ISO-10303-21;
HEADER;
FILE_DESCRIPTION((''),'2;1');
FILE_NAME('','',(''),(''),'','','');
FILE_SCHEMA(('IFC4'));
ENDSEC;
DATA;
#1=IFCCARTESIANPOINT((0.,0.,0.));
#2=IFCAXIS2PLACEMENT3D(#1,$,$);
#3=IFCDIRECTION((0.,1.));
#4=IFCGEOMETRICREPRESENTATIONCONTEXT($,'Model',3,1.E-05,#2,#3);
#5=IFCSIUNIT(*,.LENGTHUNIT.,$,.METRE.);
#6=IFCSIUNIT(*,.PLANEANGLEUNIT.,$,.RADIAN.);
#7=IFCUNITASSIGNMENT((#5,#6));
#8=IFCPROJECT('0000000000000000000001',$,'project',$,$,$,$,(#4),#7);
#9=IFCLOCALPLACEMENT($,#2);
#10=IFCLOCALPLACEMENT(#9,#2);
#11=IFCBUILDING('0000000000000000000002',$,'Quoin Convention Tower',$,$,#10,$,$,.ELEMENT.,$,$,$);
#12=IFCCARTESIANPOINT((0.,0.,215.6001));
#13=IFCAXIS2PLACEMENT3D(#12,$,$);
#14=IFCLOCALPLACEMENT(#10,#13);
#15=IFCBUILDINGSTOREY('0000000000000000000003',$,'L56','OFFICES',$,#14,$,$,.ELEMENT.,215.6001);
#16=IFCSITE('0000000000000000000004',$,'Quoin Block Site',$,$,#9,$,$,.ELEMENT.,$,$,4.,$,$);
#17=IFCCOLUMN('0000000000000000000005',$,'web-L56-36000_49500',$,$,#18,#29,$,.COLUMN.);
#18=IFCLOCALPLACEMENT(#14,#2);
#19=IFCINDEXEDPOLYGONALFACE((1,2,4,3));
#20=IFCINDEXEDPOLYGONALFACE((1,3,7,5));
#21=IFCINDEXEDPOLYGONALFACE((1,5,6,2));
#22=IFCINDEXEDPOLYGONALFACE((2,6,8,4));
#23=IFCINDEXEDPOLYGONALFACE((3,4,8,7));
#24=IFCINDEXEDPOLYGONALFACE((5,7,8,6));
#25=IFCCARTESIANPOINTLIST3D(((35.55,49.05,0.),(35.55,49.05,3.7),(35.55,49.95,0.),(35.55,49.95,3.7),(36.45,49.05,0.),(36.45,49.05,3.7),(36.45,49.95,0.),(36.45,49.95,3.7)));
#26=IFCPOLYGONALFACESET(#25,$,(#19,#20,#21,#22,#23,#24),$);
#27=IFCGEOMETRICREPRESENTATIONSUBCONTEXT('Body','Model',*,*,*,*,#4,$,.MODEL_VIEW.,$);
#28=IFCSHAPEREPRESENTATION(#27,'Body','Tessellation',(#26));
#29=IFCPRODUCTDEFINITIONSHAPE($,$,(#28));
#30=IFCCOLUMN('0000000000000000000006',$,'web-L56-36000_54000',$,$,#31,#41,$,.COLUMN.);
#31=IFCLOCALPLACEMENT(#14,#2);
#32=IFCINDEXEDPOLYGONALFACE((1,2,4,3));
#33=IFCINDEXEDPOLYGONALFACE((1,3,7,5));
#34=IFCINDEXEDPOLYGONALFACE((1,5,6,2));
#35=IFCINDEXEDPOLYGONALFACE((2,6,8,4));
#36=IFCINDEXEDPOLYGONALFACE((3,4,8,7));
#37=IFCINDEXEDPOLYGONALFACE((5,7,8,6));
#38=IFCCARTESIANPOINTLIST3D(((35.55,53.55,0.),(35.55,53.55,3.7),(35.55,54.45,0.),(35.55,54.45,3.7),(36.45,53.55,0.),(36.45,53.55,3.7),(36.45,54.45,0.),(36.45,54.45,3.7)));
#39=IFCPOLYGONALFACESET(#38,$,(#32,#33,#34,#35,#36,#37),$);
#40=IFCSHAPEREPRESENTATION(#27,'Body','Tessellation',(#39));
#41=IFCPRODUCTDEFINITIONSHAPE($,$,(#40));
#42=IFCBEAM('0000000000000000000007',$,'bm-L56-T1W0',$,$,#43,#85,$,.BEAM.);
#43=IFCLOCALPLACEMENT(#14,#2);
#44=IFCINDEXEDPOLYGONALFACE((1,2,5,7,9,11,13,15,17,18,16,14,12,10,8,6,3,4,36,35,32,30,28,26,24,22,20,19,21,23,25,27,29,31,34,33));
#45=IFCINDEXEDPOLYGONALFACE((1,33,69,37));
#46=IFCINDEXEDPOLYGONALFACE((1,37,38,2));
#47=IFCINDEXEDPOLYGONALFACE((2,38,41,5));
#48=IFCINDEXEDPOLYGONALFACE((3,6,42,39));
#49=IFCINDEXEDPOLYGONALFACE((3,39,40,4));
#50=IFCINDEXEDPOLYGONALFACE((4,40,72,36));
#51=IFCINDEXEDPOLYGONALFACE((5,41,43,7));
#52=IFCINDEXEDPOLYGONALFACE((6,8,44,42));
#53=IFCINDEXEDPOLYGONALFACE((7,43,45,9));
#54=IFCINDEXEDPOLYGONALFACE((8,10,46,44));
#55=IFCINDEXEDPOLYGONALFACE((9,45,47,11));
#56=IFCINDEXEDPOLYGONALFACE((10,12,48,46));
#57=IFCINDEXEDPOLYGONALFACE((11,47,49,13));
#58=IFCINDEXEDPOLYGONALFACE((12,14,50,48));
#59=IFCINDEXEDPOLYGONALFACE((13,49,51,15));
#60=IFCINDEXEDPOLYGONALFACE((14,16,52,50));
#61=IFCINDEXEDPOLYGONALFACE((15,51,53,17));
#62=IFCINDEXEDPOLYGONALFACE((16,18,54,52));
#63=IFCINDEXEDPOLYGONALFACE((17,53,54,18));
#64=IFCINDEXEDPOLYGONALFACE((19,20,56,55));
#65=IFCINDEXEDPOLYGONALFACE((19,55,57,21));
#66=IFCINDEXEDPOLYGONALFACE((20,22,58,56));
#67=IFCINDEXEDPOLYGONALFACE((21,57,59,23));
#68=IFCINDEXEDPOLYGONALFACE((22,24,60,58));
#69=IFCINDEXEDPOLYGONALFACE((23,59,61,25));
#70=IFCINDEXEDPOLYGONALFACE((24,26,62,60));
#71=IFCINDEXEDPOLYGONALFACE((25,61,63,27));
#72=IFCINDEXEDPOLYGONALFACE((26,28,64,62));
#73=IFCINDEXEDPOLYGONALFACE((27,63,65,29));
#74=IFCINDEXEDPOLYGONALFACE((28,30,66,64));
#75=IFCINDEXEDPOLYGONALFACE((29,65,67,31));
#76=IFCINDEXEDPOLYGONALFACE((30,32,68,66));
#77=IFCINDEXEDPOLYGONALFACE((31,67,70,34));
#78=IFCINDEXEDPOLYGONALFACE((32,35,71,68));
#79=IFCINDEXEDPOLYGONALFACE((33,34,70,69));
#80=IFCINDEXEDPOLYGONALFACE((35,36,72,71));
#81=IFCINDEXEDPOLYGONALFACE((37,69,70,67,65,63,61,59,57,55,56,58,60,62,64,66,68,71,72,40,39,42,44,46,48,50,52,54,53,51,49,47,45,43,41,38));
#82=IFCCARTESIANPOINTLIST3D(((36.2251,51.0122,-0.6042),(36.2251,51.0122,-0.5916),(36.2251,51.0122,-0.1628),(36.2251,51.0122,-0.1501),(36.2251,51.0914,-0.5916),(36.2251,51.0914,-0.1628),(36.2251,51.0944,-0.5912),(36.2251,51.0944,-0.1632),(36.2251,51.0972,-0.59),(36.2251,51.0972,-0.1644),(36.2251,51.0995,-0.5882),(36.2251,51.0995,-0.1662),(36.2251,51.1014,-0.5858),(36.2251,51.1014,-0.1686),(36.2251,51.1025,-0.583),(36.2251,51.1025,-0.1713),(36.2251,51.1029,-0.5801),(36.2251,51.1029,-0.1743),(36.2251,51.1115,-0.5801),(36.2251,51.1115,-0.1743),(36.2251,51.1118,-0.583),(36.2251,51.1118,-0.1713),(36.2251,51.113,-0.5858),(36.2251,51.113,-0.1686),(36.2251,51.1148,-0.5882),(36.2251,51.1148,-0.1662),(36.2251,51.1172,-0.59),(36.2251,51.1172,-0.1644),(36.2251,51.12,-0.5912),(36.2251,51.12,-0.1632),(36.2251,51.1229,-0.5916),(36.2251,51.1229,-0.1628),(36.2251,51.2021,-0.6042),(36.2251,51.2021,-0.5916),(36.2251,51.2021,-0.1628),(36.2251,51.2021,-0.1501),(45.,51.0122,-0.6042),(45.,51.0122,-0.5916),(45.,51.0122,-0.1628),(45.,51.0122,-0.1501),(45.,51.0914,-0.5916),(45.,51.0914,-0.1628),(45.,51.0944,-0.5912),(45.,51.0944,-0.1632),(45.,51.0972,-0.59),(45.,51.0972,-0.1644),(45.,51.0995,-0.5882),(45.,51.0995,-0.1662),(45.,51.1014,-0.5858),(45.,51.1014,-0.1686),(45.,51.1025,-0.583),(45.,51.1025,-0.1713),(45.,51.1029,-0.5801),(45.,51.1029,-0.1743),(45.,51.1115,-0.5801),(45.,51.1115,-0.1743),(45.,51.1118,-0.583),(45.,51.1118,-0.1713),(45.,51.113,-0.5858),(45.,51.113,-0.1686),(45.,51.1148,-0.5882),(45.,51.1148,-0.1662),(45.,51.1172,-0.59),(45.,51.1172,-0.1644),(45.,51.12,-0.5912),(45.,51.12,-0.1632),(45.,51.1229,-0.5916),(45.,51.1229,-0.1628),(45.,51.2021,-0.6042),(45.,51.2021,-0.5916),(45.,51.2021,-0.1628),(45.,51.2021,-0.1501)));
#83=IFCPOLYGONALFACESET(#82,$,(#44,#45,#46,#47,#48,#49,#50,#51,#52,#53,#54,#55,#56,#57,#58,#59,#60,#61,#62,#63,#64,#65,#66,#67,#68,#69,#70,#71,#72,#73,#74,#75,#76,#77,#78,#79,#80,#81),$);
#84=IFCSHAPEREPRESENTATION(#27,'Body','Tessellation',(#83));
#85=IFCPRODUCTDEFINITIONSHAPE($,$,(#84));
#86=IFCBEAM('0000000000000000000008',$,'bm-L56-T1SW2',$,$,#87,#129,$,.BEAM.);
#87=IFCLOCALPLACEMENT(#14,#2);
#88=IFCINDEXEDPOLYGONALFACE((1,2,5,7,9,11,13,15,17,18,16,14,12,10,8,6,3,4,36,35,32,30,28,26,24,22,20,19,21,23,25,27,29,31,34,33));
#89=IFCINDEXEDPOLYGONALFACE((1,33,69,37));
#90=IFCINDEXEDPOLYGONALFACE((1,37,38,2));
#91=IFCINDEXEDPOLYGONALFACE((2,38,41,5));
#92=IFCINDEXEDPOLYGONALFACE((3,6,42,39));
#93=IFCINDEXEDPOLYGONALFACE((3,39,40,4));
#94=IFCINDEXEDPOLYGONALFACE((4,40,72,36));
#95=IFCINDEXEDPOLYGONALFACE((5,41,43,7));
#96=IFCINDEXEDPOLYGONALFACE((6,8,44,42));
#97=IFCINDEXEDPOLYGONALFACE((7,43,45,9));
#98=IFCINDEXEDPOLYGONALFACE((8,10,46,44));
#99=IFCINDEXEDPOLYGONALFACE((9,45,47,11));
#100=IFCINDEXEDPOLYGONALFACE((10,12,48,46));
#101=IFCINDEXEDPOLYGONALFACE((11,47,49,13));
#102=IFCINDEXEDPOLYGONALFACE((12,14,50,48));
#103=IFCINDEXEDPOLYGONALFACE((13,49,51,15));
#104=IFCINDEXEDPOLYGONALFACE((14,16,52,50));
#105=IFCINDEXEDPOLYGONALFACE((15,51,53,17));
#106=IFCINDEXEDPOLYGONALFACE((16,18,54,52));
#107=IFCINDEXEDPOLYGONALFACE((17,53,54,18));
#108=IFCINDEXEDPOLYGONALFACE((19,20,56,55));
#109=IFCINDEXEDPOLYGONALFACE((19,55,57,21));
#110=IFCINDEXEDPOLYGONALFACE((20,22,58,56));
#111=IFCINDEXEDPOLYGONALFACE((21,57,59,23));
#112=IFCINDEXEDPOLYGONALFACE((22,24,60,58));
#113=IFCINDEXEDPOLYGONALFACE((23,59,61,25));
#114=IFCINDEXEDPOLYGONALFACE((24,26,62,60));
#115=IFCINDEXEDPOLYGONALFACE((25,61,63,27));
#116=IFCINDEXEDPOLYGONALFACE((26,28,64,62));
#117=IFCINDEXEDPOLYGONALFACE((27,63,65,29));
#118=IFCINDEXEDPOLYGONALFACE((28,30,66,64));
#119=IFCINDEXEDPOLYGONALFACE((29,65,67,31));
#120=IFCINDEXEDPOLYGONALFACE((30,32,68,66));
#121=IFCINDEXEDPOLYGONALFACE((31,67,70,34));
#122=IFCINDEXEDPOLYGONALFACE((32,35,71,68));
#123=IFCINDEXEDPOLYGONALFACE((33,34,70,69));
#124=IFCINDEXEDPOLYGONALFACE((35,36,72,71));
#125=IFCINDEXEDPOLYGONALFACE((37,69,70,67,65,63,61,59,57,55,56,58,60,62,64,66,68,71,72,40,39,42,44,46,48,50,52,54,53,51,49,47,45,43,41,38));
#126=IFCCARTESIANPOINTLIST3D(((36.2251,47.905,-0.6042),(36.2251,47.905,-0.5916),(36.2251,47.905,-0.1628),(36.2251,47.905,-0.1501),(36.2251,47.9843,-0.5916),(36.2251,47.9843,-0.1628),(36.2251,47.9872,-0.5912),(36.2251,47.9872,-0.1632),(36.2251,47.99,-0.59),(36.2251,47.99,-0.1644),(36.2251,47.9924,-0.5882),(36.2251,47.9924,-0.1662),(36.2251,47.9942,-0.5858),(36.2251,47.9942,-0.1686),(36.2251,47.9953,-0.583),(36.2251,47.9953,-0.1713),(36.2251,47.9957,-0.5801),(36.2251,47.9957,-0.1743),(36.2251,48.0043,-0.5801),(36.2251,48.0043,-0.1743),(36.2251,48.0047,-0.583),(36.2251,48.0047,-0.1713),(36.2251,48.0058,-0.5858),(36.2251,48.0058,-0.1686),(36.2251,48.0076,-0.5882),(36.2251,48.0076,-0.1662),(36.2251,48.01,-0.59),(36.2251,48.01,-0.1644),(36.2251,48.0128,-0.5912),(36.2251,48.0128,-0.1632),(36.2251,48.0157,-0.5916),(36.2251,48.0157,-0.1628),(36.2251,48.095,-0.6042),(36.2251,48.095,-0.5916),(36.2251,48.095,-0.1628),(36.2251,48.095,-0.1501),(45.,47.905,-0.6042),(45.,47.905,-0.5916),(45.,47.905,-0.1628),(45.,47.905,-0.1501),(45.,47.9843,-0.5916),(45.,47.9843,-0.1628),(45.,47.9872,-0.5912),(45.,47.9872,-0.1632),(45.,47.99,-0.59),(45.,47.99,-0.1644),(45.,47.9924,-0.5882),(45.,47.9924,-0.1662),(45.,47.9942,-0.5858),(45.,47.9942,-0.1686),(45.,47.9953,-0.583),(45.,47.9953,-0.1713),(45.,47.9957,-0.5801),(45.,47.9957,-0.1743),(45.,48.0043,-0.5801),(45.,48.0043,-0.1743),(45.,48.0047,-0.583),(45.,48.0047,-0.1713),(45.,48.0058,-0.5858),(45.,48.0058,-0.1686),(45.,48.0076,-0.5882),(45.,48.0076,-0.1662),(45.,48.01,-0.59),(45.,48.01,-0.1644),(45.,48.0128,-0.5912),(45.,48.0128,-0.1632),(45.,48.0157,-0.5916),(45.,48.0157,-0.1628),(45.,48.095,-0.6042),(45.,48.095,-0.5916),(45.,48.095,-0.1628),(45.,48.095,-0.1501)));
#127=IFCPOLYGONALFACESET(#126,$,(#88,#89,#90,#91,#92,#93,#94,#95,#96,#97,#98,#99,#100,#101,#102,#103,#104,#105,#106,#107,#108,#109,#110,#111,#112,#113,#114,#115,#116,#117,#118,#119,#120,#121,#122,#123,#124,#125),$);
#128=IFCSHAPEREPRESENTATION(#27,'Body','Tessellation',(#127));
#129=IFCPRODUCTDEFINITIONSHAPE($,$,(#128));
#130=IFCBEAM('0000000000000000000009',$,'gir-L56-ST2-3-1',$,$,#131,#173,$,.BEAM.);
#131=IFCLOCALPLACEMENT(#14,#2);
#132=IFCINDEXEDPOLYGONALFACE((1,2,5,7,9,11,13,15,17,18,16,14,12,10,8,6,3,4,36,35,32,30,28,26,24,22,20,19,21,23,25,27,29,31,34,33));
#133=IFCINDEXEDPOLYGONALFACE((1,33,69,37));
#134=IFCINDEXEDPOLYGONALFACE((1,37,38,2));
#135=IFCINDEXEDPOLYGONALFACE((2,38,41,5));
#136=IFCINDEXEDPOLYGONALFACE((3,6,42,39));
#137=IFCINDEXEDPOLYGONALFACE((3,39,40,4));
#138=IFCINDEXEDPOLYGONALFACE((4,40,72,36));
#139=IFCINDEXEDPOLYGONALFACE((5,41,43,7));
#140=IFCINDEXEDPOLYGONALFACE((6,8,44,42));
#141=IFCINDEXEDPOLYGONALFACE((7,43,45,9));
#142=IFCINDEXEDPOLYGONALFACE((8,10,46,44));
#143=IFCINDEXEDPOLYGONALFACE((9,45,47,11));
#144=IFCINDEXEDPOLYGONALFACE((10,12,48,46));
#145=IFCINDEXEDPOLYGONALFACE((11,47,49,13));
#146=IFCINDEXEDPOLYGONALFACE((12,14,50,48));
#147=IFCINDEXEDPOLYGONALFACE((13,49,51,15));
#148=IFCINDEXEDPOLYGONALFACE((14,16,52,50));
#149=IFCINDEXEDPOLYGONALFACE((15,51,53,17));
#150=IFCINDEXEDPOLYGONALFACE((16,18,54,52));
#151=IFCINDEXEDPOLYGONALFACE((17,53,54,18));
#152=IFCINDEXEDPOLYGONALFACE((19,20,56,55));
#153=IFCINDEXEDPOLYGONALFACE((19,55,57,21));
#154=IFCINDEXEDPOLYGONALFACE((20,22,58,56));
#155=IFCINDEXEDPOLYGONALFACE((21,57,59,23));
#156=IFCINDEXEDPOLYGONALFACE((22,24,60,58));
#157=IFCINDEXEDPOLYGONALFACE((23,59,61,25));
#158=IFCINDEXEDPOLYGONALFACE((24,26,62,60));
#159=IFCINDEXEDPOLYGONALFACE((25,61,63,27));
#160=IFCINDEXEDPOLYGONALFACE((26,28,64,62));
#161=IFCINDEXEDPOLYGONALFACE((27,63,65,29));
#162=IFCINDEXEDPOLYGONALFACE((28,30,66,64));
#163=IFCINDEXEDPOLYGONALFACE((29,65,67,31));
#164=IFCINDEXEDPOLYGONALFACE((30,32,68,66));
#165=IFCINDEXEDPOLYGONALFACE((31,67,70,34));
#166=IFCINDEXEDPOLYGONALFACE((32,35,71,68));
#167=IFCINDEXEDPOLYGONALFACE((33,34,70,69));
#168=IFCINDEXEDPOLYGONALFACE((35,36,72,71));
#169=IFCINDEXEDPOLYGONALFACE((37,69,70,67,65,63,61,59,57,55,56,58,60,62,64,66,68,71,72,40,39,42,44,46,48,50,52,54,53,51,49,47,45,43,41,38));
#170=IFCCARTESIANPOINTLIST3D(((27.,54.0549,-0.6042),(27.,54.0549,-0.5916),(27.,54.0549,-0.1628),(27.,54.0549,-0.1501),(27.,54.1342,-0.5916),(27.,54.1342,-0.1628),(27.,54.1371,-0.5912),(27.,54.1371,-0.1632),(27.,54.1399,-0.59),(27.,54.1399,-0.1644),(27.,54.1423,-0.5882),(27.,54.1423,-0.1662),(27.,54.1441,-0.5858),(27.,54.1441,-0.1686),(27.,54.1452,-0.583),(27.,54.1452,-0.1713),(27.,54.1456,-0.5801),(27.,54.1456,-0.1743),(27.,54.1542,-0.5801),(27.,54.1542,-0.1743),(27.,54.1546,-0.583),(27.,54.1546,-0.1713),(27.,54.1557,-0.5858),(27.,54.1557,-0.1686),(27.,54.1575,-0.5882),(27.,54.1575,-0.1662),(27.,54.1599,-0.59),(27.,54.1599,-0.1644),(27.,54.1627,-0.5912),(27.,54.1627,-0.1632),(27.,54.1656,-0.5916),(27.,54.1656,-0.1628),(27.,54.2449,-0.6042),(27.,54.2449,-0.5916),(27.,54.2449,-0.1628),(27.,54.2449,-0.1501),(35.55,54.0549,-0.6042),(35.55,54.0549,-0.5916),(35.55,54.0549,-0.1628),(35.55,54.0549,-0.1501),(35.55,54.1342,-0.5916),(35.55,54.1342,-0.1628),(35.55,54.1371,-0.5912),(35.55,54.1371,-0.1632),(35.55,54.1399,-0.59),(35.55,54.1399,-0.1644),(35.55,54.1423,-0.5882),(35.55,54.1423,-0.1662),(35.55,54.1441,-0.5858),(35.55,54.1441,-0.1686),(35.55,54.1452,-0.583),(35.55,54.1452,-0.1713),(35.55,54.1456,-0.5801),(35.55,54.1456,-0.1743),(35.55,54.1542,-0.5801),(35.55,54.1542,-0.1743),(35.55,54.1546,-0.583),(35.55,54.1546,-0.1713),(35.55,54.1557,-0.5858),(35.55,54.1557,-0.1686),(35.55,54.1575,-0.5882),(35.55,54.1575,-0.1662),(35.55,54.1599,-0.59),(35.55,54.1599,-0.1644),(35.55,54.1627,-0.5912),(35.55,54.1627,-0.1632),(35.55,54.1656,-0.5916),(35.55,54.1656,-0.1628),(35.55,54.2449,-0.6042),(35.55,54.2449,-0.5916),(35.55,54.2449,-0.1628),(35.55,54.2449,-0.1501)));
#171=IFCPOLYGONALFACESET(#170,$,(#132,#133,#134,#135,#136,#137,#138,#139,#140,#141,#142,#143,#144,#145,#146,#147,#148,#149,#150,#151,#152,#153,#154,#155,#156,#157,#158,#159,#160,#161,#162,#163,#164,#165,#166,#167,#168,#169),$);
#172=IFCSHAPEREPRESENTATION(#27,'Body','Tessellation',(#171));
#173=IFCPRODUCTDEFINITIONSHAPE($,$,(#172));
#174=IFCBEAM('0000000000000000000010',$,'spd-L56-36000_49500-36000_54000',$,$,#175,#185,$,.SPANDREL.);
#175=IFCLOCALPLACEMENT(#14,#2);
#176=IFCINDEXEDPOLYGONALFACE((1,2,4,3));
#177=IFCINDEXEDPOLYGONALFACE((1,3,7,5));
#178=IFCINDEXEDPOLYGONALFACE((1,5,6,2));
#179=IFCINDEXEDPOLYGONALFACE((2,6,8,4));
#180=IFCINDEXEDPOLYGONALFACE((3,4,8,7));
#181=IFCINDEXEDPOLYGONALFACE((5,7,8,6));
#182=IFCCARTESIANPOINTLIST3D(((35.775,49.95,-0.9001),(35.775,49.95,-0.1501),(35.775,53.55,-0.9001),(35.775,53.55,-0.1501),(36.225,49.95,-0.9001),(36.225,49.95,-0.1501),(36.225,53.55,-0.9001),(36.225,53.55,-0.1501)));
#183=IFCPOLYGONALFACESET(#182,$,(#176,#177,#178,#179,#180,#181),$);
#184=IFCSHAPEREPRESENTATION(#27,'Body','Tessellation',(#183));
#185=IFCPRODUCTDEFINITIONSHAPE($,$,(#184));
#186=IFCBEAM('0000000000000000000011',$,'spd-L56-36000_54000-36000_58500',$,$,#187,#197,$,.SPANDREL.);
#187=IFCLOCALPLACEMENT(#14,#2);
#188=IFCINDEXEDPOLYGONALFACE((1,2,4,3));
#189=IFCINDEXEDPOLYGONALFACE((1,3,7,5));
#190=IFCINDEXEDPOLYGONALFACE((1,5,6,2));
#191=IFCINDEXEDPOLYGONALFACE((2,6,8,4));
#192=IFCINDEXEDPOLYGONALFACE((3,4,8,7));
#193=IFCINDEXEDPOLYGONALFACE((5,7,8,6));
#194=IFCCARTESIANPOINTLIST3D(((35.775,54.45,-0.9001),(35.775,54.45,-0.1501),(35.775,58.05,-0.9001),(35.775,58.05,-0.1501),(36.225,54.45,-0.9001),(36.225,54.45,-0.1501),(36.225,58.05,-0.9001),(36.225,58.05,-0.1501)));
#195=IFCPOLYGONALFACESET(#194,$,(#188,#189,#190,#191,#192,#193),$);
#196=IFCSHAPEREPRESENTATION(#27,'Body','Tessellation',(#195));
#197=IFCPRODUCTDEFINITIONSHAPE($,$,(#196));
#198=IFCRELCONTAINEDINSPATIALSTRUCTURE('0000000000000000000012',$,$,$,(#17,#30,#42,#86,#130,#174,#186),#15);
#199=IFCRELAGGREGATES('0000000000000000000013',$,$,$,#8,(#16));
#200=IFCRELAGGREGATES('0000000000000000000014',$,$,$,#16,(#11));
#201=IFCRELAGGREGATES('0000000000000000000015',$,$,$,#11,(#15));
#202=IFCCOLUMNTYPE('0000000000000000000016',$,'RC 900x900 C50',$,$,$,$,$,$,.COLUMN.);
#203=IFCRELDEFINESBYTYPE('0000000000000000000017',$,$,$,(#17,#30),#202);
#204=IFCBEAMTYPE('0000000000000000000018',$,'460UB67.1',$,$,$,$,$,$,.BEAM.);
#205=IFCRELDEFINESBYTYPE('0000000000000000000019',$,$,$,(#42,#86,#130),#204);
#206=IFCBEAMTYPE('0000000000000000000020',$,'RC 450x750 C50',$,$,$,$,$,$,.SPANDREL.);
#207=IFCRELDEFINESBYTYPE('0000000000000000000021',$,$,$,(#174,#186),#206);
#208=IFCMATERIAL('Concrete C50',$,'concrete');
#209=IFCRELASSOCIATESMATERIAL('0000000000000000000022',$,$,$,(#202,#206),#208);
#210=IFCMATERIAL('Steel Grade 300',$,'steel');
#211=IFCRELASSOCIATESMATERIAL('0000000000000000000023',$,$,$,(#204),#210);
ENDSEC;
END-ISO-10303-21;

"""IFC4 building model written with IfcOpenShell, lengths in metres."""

from ifc_helpers import new_model, si_unit, direction, frame, origin, origin_2d, place, context, subcontext, project, spatial, rectangle, i_section, extrude, material, material_profile, profile_set, type_object, element, save


model = new_model("IFC4")

# Units and contexts
model_context = context("Model", 3, precision=1e-05, world=origin(), true_north=direction((0.0, 1.0)))
body_context = subcontext(model_context, "Body", "Model", "MODEL_VIEW")
ifc_project = project(units=[si_unit("LENGTHUNIT", "METRE"), si_unit("PLANEANGLEUNIT", "RADIAN")], contexts=[model_context])

# Site, building, storey
site_placement = place(None, origin())
site = spatial("IfcSite", under=ifc_project, at=site_placement, Name="Quoin Block Site", CompositionType="ELEMENT", RefElevation=4.0)
building_placement = place(site_placement, origin())
building = spatial("IfcBuilding", under=site, at=building_placement, Name="Quoin Convention Tower", CompositionType="ELEMENT")
storey_placement = place(building_placement, frame((0.0, 0.0, 215.6001)))
storey = spatial("IfcBuildingStorey", under=building, at=storey_placement, Name="L56", Description="OFFICES", CompositionType="ELEMENT", Elevation=215.6001)

# Columns
ifc_material_1 = material(Name="Concrete C50", Category="concrete")
ifc_material_profile_1 = material_profile(ifc_material_1, rectangle(XDim=0.8999, YDim=0.8999, at=origin_2d()), Name="RC 900x900")
ifc_profile_set_1 = profile_set([ifc_material_profile_1], Name="Concrete C50")
column_type = type_object("IfcColumnType", Name="RC 900x900 C50", PredefinedType="COLUMN", material=ifc_profile_set_1)
for number, where, z_axis, x_axis, name in (
    (1, (36.0, 49.5, 0.0), (0.0, 0.0, 1.0), (1.0, 0.0, 0.0), "web-L56-36000_49500"),
    (2, (36.0, 54.0, 0.0), (0.0, 0.0, 1.0), (1.0, 0.0, 0.0), "web-L56-36000_54000"),
):
    element("IfcColumn", number, at=place(storey_placement, frame(where, z_axis=z_axis, x_axis=x_axis)), inside=storey, type_object=column_type, Name=name, PredefinedType="COLUMN", context=body_context, shape_type="SweptSolid", body=[
        extrude(rectangle(XDim=0.8999, YDim=0.8999, at=origin_2d()), origin(), (0.0, 0.0, 1.0), 3.7),
    ])

# Beams
ifc_material_2 = material(Name="Steel Grade 300", Category="steel")
ifc_material_profile_2 = material_profile(ifc_material_2, i_section(OverallWidth=0.1899, OverallDepth=0.4541, WebThickness=0.0085, FlangeThickness=0.0127, FilletRadius=0.0115, at=origin_2d()), Name="460UB67.1")
ifc_profile_set_2 = profile_set([ifc_material_profile_2], Name="Steel Grade 300")
beam_type_1 = type_object("IfcBeamType", Name="460UB67.1", PredefinedType="BEAM", material=ifc_profile_set_2)
for number, where, z_axis, x_axis, name in (
    (3, (36.2251, 51.1072, -0.3772), (1.0, 0.0, 0.0), (0.0, 1.0, 0.0), "bm-L56-T1W0"),
    (4, (36.2251, 48.0, -0.3772), (1.0, 0.0, 0.0), (0.0, 1.0, 0.0), "bm-L56-T1SW2"),
):
    element("IfcBeam", number, at=place(storey_placement, frame(where, z_axis=z_axis, x_axis=x_axis)), inside=storey, type_object=beam_type_1, Name=name, PredefinedType="BEAM", context=body_context, shape_type="SweptSolid", body=[
        extrude(i_section(OverallWidth=0.1899, OverallDepth=0.4541, WebThickness=0.0085, FlangeThickness=0.0127, FilletRadius=0.0115, at=origin_2d()), origin(), (0.0, 0.0, 1.0), 8.7749),
    ])
beam_placement = place(storey_placement, frame((27.0, 54.1499, -0.3772), z_axis=(1.0, 0.0, 0.0), x_axis=(0.0, 1.0, 0.0)))
element("IfcBeam", 5, at=beam_placement, inside=storey, type_object=beam_type_1, Name="gir-L56-ST2-3-1", PredefinedType="BEAM", context=body_context, shape_type="SweptSolid", body=[
    extrude(i_section(OverallWidth=0.1899, OverallDepth=0.4541, WebThickness=0.0085, FlangeThickness=0.0127, FilletRadius=0.0115, at=origin_2d()), origin(), (0.0, 0.0, 1.0), 8.55),
])
ifc_material_profile_3 = material_profile(ifc_material_1, rectangle(XDim=0.45, YDim=0.75, at=origin_2d()), Name="RC 450x750")
ifc_profile_set_3 = profile_set([ifc_material_profile_3], Name="Concrete C50")
beam_type_2 = type_object("IfcBeamType", Name="RC 450x750 C50", PredefinedType="SPANDREL", material=ifc_profile_set_3)
for number, where, z_axis, x_axis, name in (
    (6, (36.0, 49.95, -0.5251), (0.0, 1.0, 0.0), (-1.0, 0.0, 0.0), "spd-L56-36000_49500-36000_54000"),
    (7, (36.0, 54.45, -0.5251), (0.0, 1.0, 0.0), (-1.0, 0.0, 0.0), "spd-L56-36000_54000-36000_58500"),
):
    element("IfcBeam", number, at=place(storey_placement, frame(where, z_axis=z_axis, x_axis=x_axis)), inside=storey, type_object=beam_type_2, Name=name, PredefinedType="SPANDREL", context=body_context, shape_type="SweptSolid", body=[
        extrude(rectangle(XDim=0.45, YDim=0.75, at=origin_2d()), origin(), (0.0, 0.0, 1.0), 3.6001),
    ])

save(model, "model.ifc")
